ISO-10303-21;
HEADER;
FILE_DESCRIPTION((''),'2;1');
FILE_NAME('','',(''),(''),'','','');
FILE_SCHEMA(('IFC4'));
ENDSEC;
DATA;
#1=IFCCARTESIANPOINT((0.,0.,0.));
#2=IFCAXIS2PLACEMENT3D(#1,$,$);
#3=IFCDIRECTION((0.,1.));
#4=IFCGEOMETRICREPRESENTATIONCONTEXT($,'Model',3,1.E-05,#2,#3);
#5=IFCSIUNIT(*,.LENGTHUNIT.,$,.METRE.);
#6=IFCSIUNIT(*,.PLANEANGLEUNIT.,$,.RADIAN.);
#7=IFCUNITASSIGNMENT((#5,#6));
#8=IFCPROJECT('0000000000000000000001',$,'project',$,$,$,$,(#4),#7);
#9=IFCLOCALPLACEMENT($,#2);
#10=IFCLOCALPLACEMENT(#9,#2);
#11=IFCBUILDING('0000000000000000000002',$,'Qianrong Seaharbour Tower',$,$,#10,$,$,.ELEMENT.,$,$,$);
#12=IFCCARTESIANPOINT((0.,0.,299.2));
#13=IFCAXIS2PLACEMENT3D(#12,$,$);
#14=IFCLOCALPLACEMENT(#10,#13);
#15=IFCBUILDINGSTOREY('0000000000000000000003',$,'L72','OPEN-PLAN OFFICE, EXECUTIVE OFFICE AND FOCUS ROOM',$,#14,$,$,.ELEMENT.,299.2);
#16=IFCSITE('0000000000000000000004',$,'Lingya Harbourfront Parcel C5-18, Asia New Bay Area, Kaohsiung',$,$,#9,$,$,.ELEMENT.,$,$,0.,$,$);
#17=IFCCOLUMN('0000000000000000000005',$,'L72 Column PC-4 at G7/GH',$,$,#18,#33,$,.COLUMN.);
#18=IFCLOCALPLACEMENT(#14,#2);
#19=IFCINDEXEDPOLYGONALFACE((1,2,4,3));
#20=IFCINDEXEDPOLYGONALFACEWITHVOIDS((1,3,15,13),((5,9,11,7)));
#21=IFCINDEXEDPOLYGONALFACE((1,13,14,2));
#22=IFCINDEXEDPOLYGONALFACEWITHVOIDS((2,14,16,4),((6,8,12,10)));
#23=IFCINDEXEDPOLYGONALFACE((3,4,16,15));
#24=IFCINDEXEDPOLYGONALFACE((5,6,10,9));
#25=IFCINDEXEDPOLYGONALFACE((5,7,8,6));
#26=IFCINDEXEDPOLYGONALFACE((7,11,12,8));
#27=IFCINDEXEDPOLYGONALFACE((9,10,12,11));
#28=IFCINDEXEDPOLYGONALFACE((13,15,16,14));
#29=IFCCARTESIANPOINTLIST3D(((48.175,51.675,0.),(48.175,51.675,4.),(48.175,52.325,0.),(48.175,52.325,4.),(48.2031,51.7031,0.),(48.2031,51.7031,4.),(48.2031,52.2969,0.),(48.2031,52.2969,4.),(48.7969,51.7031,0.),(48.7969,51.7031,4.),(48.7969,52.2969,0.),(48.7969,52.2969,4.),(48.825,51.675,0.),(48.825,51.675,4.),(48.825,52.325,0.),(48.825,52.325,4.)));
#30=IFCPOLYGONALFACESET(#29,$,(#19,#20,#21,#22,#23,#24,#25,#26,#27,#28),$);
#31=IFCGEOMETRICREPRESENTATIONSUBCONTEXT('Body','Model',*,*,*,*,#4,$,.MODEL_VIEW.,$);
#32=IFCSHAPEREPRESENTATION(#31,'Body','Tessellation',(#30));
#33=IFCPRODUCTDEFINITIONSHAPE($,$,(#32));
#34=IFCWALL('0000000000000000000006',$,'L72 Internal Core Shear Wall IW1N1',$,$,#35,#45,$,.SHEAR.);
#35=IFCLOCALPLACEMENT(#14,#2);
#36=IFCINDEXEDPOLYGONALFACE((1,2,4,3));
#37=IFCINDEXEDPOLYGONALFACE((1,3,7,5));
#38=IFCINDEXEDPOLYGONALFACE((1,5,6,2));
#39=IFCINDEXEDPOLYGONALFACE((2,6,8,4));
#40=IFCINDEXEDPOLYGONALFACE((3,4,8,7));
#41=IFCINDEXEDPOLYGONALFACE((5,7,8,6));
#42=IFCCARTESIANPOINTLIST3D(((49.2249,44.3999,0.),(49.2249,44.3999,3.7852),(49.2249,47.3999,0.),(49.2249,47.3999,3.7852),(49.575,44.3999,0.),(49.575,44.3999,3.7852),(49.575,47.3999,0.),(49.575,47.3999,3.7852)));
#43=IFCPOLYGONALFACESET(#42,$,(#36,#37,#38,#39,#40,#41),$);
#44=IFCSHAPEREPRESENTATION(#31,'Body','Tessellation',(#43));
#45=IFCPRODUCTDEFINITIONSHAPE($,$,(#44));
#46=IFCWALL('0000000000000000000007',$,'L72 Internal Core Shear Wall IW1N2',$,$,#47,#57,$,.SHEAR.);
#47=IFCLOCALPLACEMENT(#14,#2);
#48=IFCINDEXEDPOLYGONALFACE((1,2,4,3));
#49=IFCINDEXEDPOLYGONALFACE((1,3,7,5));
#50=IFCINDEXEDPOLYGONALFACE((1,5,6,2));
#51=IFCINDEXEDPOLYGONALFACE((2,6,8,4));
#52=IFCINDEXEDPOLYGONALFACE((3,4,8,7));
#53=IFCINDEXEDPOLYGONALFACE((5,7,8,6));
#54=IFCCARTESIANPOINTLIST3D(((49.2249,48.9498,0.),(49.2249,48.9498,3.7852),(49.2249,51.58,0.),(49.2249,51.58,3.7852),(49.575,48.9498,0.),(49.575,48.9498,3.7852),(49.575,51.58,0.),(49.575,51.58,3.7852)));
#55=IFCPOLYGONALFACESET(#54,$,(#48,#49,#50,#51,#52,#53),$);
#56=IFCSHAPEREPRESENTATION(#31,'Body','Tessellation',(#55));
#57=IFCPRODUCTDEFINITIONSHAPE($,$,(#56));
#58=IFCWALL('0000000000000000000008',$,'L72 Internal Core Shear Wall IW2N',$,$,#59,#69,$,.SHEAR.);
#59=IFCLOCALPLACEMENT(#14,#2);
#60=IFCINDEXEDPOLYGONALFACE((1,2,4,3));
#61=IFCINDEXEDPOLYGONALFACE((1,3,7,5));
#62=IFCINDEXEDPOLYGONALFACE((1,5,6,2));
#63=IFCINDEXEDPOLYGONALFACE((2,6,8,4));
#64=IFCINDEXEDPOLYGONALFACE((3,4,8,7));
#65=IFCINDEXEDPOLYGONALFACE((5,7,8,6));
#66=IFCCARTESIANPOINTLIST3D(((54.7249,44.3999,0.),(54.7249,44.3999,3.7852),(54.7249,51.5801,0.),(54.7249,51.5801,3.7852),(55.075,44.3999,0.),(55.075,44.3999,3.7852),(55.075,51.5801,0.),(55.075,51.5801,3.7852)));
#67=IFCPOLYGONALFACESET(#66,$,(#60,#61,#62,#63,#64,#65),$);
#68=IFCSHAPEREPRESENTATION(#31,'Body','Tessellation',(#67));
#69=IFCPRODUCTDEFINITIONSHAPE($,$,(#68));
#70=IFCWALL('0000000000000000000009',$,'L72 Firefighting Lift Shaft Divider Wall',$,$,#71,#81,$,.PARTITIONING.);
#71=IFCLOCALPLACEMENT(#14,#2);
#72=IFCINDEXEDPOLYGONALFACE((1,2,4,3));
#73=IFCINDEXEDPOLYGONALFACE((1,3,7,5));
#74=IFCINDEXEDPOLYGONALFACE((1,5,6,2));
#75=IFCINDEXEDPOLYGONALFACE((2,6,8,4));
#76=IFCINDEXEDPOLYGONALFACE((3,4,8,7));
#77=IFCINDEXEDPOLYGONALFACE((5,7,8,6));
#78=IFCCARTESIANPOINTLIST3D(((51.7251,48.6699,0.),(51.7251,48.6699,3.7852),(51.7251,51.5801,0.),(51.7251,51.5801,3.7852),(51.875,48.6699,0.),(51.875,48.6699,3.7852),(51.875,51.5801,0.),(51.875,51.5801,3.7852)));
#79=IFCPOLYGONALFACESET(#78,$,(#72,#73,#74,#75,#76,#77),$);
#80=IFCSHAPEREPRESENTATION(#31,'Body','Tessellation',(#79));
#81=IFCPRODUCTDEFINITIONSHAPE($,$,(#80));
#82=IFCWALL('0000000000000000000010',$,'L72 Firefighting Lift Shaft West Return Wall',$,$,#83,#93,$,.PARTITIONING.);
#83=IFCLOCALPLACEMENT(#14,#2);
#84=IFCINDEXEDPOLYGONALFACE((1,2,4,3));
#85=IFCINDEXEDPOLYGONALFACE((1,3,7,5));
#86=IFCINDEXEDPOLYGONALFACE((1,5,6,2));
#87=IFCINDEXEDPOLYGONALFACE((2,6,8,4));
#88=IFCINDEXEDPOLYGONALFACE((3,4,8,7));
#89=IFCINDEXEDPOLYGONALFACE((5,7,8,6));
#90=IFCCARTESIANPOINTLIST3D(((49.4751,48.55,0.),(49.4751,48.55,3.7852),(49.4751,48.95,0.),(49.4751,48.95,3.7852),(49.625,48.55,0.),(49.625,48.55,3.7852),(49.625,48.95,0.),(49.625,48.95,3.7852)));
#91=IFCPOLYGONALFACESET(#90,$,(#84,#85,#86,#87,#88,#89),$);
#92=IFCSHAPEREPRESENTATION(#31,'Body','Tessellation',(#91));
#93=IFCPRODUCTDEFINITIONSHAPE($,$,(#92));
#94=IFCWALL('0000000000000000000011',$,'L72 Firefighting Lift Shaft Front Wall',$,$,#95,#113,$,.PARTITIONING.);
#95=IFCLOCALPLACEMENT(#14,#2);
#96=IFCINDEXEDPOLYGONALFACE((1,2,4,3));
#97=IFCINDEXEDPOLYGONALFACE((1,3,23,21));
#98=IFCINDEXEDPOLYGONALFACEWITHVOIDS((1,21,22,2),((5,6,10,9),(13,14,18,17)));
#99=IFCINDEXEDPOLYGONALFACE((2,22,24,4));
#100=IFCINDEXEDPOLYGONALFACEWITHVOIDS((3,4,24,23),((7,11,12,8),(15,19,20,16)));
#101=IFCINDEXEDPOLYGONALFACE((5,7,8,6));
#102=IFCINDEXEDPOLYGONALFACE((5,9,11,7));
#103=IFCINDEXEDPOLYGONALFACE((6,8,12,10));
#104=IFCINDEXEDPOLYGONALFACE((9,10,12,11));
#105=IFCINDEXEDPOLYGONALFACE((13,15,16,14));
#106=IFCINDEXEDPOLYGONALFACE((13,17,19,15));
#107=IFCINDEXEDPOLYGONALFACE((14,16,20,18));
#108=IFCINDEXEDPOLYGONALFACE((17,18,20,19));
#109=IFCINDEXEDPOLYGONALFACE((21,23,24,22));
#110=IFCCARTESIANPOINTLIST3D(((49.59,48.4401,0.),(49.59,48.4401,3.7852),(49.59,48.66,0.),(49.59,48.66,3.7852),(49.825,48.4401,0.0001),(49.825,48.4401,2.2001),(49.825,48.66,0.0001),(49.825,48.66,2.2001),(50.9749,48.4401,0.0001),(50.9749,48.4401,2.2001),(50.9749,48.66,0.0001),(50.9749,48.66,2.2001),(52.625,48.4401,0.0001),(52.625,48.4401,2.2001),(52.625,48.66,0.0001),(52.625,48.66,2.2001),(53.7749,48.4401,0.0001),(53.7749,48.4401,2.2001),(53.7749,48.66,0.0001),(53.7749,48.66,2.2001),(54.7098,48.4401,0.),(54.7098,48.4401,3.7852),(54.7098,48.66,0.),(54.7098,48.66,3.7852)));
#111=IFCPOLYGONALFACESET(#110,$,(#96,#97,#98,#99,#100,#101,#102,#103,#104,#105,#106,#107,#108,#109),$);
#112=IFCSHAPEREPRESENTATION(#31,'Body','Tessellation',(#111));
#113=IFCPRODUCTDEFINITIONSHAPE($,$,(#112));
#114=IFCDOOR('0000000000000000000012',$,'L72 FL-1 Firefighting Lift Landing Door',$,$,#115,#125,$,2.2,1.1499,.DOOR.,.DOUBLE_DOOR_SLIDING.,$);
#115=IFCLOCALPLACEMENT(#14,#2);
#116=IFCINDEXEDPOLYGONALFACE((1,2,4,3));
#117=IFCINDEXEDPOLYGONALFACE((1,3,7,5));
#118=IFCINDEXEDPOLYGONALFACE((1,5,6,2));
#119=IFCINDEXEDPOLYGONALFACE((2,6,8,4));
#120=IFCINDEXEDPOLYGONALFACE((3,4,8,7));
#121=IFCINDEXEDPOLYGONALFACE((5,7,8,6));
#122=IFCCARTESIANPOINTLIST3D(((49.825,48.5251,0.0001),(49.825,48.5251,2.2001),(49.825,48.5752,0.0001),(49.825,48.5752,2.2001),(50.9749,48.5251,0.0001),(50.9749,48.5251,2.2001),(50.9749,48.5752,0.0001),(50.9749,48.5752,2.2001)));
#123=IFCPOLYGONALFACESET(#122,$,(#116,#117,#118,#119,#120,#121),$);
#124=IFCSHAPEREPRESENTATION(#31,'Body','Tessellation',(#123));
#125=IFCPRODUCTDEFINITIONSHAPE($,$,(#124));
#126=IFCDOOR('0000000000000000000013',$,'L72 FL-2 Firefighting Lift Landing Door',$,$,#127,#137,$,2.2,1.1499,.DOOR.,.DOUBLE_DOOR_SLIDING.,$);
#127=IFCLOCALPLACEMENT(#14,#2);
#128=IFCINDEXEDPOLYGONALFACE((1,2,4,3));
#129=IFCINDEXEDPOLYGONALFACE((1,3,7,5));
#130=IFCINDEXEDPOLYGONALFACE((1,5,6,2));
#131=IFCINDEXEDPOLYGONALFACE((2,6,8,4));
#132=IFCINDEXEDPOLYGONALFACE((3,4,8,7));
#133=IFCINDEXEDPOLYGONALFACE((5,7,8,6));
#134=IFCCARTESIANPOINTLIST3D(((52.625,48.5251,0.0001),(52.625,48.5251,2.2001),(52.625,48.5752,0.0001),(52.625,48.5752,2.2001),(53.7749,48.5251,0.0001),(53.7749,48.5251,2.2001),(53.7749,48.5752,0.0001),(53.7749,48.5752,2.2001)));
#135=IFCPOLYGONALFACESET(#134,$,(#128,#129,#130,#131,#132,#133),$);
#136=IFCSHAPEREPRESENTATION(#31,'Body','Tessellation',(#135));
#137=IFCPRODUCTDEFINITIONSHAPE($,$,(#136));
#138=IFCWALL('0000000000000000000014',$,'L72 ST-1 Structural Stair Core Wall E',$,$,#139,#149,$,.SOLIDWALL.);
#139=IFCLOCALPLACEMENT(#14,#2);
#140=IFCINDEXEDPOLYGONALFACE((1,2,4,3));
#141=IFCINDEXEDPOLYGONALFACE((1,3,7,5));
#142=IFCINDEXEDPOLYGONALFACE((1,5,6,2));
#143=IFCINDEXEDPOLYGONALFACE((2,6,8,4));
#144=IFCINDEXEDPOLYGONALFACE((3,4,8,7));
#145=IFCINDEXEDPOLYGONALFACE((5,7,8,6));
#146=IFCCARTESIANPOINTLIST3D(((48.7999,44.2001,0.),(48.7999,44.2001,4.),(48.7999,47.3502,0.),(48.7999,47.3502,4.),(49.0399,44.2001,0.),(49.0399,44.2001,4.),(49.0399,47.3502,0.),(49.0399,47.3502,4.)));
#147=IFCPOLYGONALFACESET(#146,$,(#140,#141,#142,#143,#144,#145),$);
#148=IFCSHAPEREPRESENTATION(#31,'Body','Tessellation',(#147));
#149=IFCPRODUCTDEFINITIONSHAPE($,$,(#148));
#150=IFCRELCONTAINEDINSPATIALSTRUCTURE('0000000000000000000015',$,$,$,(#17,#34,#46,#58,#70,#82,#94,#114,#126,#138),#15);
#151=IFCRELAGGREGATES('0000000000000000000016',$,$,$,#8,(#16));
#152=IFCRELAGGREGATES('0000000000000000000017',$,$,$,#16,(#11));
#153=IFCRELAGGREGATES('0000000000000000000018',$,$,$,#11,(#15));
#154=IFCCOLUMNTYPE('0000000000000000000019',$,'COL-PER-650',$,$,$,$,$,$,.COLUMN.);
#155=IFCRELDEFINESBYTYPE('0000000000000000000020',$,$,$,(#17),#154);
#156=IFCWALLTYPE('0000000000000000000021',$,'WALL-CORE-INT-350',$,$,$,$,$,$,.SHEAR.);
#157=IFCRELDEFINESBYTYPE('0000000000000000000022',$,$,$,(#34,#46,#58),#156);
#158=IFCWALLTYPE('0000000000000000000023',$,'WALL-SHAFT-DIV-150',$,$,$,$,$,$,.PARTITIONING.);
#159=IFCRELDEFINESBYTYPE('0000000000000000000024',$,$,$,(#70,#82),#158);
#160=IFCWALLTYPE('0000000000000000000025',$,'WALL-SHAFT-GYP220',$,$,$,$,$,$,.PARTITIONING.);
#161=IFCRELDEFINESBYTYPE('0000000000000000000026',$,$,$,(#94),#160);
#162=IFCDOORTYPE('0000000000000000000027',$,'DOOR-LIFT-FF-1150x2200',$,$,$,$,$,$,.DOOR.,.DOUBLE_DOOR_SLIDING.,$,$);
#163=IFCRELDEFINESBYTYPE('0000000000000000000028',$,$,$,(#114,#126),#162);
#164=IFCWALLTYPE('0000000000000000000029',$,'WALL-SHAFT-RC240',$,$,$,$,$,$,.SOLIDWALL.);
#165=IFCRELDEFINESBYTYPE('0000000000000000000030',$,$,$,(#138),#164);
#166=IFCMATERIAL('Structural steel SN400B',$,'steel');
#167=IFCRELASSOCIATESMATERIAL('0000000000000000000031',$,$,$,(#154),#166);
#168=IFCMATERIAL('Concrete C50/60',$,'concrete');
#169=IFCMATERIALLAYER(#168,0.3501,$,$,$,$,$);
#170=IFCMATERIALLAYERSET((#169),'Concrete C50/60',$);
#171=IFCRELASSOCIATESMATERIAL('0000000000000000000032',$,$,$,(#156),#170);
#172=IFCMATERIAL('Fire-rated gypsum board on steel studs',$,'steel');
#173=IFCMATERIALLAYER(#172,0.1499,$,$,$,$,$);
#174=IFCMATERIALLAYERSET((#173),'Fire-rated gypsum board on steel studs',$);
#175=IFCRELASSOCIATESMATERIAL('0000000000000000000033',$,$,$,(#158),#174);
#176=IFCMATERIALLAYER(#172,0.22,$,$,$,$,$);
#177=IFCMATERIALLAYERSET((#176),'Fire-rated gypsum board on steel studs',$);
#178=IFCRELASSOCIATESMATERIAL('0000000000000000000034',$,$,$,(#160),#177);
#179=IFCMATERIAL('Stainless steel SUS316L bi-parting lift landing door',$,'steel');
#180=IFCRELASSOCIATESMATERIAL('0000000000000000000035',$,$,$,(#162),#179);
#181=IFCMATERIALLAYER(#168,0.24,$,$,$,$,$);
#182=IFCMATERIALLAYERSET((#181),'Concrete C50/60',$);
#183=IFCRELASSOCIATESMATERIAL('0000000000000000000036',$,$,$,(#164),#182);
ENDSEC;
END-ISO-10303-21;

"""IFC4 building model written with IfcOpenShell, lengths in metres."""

from ifc_helpers import new_model, si_unit, direction, frame, frame_2d, origin, origin_2d, place, context, subcontext, project, spatial, rectangle, hollow_rectangle, extrude, material, layer, layer_set, material_profile, profile_set, type_object, element, fill, save


model = new_model("IFC4")

# Units and contexts
model_context = context("Model", 3, precision=1e-05, world=origin(), true_north=direction((0.0, 1.0)))
body_context = subcontext(model_context, "Body", "Model", "MODEL_VIEW")
ifc_project = project(units=[si_unit("LENGTHUNIT", "METRE"), si_unit("PLANEANGLEUNIT", "RADIAN")], contexts=[model_context])

# Site, building, storey
site_placement = place(None, origin())
site = spatial("IfcSite", under=ifc_project, at=site_placement, Name="Lingya Harbourfront Parcel C5-18, Asia New Bay Area, Kaohsiung", CompositionType="ELEMENT", RefElevation=0.0)
building_placement = place(site_placement, origin())
building = spatial("IfcBuilding", under=site, at=building_placement, Name="Qianrong Seaharbour Tower", CompositionType="ELEMENT")
storey_placement = place(building_placement, frame((0.0, 0.0, 299.2)))
storey = spatial("IfcBuildingStorey", under=building, at=storey_placement, Name="L72", Description="OPEN-PLAN OFFICE, EXECUTIVE OFFICE AND FOCUS ROOM", CompositionType="ELEMENT", Elevation=299.2)

# Column
ifc_material_1 = material(Name="Structural steel SN400B", Category="steel")
ifc_material_profile = material_profile(ifc_material_1, hollow_rectangle(XDim=0.6499, YDim=0.6499, WallThickness=0.0281, at=origin_2d()), Name="BOX650x650x28")
ifc_profile_set = profile_set([ifc_material_profile], Name="Structural steel SN400B")
column_type = type_object("IfcColumnType", Name="COL-PER-650", PredefinedType="COLUMN", material=ifc_profile_set)
column_placement = place(storey_placement, frame((48.5, 52.0, 0.0), z_axis=(0.0, 0.0, 1.0), x_axis=(1.0, 0.0, 0.0)))
element("IfcColumn", 1, at=column_placement, inside=storey, type_object=column_type, Name="L72 Column PC-4 at G7/GH", PredefinedType="COLUMN", context=body_context, shape_type="SweptSolid", body=[
    extrude(hollow_rectangle(XDim=0.6499, YDim=0.6499, WallThickness=0.0281, at=origin_2d()), origin(), (0.0, 0.0, 1.0), 4.0),
])

# Walls
ifc_material_2 = material(Name="Concrete C50/60", Category="concrete")
ifc_layer_1 = layer(ifc_material_2, 0.3501)
ifc_layer_set_1 = layer_set([ifc_layer_1], Name="Concrete C50/60")
wall_type_1 = type_object("IfcWallType", Name="WALL-CORE-INT-350", PredefinedType="SHEAR", material=ifc_layer_set_1)
wall_1_placement = place(storey_placement, frame((49.3999, 44.3999, 0.0), z_axis=(0.0, 0.0, 1.0), x_axis=(0.0, 1.0, 0.0)))
element("IfcWall", 2, at=wall_1_placement, inside=storey, type_object=wall_type_1, Name="L72 Internal Core Shear Wall IW1N1", PredefinedType="SHEAR", context=body_context, shape_type="SweptSolid", body=[
    extrude(rectangle(XDim=3.0, YDim=0.3501, at=frame_2d((1.5, 0.0))), origin(), (0.0, 0.0, 1.0), 3.7852),
])
wall_2_placement = place(storey_placement, frame((49.3999, 48.95, 0.0), z_axis=(0.0, 0.0, 1.0), x_axis=(0.0, 1.0, 0.0)))
element("IfcWall", 3, at=wall_2_placement, inside=storey, type_object=wall_type_1, Name="L72 Internal Core Shear Wall IW1N2", PredefinedType="SHEAR", context=body_context, shape_type="SweptSolid", body=[
    extrude(rectangle(XDim=2.6301, YDim=0.3501, at=frame_2d((1.3149, 0.0))), origin(), (0.0, 0.0, 1.0), 3.7852),
])
wall_3_placement = place(storey_placement, frame((54.8999, 44.3999, 0.0), z_axis=(0.0, 0.0, 1.0), x_axis=(0.0, 1.0, 0.0)))
element("IfcWall", 4, at=wall_3_placement, inside=storey, type_object=wall_type_1, Name="L72 Internal Core Shear Wall IW2N", PredefinedType="SHEAR", context=body_context, shape_type="SweptSolid", body=[
    extrude(rectangle(XDim=7.1802, YDim=0.3501, at=frame_2d((3.5901, 0.0))), origin(), (0.0, 0.0, 1.0), 3.7852),
])

# Walls
ifc_material_3 = material(Name="Fire-rated gypsum board on steel studs", Category="steel")
ifc_layer_2 = layer(ifc_material_3, 0.1499)
ifc_layer_set_2 = layer_set([ifc_layer_2], Name="Fire-rated gypsum board on steel studs")
wall_type_2 = type_object("IfcWallType", Name="WALL-SHAFT-DIV-150", PredefinedType="PARTITIONING", material=ifc_layer_set_2)
wall_4_placement = place(storey_placement, frame((51.8, 48.6699, 0.0), z_axis=(0.0, 0.0, 1.0), x_axis=(0.0, 1.0, 0.0)))
element("IfcWall", 5, at=wall_4_placement, inside=storey, type_object=wall_type_2, Name="L72 Firefighting Lift Shaft Divider Wall", PredefinedType="PARTITIONING", context=body_context, shape_type="SweptSolid", body=[
    extrude(rectangle(XDim=2.9102, YDim=0.1499, at=frame_2d((1.4551, 0.0))), origin(), (0.0, 0.0, 1.0), 3.7852),
])
wall_5_placement = place(storey_placement, frame((49.55, 48.55, 0.0), z_axis=(0.0, 0.0, 1.0), x_axis=(0.0, 1.0, 0.0)))
element("IfcWall", 6, at=wall_5_placement, inside=storey, type_object=wall_type_2, Name="L72 Firefighting Lift Shaft West Return Wall", PredefinedType="PARTITIONING", context=body_context, shape_type="SweptSolid", body=[
    extrude(rectangle(XDim=0.3999, YDim=0.1499, at=frame_2d((0.2, 0.0))), origin(), (0.0, 0.0, 1.0), 3.7852),
])

# Wall, openings, doors
ifc_layer_3 = layer(ifc_material_3, 0.22)
ifc_layer_set_3 = layer_set([ifc_layer_3], Name="Fire-rated gypsum board on steel studs")
wall_type_3 = type_object("IfcWallType", Name="WALL-SHAFT-GYP220", PredefinedType="PARTITIONING", material=ifc_layer_set_3)
wall_6_placement = place(storey_placement, frame((54.71, 48.55, 0.0), z_axis=(0.0, 0.0, 1.0), x_axis=(-1.0, 0.0, 0.0)))
wall_6 = element("IfcWall", 7, at=wall_6_placement, inside=storey, type_object=wall_type_3, Name="L72 Firefighting Lift Shaft Front Wall", PredefinedType="PARTITIONING", context=body_context, shape_type="SweptSolid", body=[
    extrude(rectangle(XDim=5.1199, YDim=0.22, at=frame_2d((2.5601, 0.0))), origin(), (0.0, 0.0, 1.0), 3.7852),
])
opening_1_placement = place(wall_6_placement, frame((3.7351, 0.0, 0.0)))
opening_1 = element("IfcOpeningElement", 8, at=opening_1_placement, cuts=wall_6, PredefinedType="OPENING", context=body_context, shape_type="SweptSolid", body=[
    extrude(rectangle(XDim=1.1499, YDim=2.2, at=frame_2d((0.575, 1.1001))), frame((0.0, 0.1201, 0.0), z_axis=(0.0, -1.0, 0.0), x_axis=(1.0, 0.0, 0.0)), (0.0, 0.0, 1.0), 0.24),
])
opening_2_placement = place(wall_6_placement, frame((0.9351, 0.0, 0.0)))
opening_2 = element("IfcOpeningElement", 9, at=opening_2_placement, cuts=wall_6, PredefinedType="OPENING", context=body_context, shape_type="SweptSolid", body=[
    extrude(rectangle(XDim=1.1499, YDim=2.2, at=frame_2d((0.575, 1.1001))), frame((0.0, 0.1201, 0.0), z_axis=(0.0, -1.0, 0.0), x_axis=(1.0, 0.0, 0.0)), (0.0, 0.0, 1.0), 0.24),
])
ifc_material_4 = material(Name="Stainless steel SUS316L bi-parting lift landing door", Category="steel")
door_type_1 = type_object("IfcDoorType", Name="DOOR-LIFT-FF-1150x2200", OperationType="DOUBLE_DOOR_SLIDING", PredefinedType="DOOR", material=ifc_material_4)
door_1_placement = place(opening_1_placement, origin())
door_1 = element("IfcDoor", 10, at=door_1_placement, inside=storey, type_object=door_type_1, Name="L72 FL-1 Firefighting Lift Landing Door", OperationType="DOUBLE_DOOR_SLIDING", OverallHeight=2.2, OverallWidth=1.1499, PredefinedType="DOOR", context=body_context, shape_type="SweptSolid", body=[
    extrude(rectangle(XDim=1.1499, YDim=2.2, at=frame_2d((0.575, 1.1001))), frame((0.0, 0.0249, 0.0), z_axis=(0.0, -1.0, 0.0), x_axis=(1.0, 0.0, 0.0)), (0.0, 0.0, 1.0), 0.05),
])
fill(opening_1, door_1)
door_2_placement = place(opening_2_placement, origin())
door_2 = element("IfcDoor", 11, at=door_2_placement, inside=storey, type_object=door_type_1, Name="L72 FL-2 Firefighting Lift Landing Door", OperationType="DOUBLE_DOOR_SLIDING", OverallHeight=2.2, OverallWidth=1.1499, PredefinedType="DOOR", context=body_context, shape_type="SweptSolid", body=[
    extrude(rectangle(XDim=1.1499, YDim=2.2, at=frame_2d((0.575, 1.1001))), frame((0.0, 0.0249, 0.0), z_axis=(0.0, -1.0, 0.0), x_axis=(1.0, 0.0, 0.0)), (0.0, 0.0, 1.0), 0.05),
])
fill(opening_2, door_2)

# Wall
ifc_layer_4 = layer(ifc_material_2, 0.24)
ifc_layer_set_4 = layer_set([ifc_layer_4], Name="Concrete C50/60")
wall_type_4 = type_object("IfcWallType", Name="WALL-SHAFT-RC240", PredefinedType="SOLIDWALL", material=ifc_layer_set_4)
wall_7_placement = place(storey_placement, frame((48.9199, 44.2, 0.0), z_axis=(0.0, 0.0, 1.0), x_axis=(0.0, 1.0, 0.0)))
element("IfcWall", 12, at=wall_7_placement, inside=storey, type_object=wall_type_4, Name="L72 ST-1 Structural Stair Core Wall E", PredefinedType="SOLIDWALL", context=body_context, shape_type="SweptSolid", body=[
    extrude(rectangle(XDim=3.1501, YDim=0.24, at=frame_2d((1.5752, 0.0))), origin(), (0.0, 0.0, 1.0), 4.0),
])

save(model, "model.ifc")
